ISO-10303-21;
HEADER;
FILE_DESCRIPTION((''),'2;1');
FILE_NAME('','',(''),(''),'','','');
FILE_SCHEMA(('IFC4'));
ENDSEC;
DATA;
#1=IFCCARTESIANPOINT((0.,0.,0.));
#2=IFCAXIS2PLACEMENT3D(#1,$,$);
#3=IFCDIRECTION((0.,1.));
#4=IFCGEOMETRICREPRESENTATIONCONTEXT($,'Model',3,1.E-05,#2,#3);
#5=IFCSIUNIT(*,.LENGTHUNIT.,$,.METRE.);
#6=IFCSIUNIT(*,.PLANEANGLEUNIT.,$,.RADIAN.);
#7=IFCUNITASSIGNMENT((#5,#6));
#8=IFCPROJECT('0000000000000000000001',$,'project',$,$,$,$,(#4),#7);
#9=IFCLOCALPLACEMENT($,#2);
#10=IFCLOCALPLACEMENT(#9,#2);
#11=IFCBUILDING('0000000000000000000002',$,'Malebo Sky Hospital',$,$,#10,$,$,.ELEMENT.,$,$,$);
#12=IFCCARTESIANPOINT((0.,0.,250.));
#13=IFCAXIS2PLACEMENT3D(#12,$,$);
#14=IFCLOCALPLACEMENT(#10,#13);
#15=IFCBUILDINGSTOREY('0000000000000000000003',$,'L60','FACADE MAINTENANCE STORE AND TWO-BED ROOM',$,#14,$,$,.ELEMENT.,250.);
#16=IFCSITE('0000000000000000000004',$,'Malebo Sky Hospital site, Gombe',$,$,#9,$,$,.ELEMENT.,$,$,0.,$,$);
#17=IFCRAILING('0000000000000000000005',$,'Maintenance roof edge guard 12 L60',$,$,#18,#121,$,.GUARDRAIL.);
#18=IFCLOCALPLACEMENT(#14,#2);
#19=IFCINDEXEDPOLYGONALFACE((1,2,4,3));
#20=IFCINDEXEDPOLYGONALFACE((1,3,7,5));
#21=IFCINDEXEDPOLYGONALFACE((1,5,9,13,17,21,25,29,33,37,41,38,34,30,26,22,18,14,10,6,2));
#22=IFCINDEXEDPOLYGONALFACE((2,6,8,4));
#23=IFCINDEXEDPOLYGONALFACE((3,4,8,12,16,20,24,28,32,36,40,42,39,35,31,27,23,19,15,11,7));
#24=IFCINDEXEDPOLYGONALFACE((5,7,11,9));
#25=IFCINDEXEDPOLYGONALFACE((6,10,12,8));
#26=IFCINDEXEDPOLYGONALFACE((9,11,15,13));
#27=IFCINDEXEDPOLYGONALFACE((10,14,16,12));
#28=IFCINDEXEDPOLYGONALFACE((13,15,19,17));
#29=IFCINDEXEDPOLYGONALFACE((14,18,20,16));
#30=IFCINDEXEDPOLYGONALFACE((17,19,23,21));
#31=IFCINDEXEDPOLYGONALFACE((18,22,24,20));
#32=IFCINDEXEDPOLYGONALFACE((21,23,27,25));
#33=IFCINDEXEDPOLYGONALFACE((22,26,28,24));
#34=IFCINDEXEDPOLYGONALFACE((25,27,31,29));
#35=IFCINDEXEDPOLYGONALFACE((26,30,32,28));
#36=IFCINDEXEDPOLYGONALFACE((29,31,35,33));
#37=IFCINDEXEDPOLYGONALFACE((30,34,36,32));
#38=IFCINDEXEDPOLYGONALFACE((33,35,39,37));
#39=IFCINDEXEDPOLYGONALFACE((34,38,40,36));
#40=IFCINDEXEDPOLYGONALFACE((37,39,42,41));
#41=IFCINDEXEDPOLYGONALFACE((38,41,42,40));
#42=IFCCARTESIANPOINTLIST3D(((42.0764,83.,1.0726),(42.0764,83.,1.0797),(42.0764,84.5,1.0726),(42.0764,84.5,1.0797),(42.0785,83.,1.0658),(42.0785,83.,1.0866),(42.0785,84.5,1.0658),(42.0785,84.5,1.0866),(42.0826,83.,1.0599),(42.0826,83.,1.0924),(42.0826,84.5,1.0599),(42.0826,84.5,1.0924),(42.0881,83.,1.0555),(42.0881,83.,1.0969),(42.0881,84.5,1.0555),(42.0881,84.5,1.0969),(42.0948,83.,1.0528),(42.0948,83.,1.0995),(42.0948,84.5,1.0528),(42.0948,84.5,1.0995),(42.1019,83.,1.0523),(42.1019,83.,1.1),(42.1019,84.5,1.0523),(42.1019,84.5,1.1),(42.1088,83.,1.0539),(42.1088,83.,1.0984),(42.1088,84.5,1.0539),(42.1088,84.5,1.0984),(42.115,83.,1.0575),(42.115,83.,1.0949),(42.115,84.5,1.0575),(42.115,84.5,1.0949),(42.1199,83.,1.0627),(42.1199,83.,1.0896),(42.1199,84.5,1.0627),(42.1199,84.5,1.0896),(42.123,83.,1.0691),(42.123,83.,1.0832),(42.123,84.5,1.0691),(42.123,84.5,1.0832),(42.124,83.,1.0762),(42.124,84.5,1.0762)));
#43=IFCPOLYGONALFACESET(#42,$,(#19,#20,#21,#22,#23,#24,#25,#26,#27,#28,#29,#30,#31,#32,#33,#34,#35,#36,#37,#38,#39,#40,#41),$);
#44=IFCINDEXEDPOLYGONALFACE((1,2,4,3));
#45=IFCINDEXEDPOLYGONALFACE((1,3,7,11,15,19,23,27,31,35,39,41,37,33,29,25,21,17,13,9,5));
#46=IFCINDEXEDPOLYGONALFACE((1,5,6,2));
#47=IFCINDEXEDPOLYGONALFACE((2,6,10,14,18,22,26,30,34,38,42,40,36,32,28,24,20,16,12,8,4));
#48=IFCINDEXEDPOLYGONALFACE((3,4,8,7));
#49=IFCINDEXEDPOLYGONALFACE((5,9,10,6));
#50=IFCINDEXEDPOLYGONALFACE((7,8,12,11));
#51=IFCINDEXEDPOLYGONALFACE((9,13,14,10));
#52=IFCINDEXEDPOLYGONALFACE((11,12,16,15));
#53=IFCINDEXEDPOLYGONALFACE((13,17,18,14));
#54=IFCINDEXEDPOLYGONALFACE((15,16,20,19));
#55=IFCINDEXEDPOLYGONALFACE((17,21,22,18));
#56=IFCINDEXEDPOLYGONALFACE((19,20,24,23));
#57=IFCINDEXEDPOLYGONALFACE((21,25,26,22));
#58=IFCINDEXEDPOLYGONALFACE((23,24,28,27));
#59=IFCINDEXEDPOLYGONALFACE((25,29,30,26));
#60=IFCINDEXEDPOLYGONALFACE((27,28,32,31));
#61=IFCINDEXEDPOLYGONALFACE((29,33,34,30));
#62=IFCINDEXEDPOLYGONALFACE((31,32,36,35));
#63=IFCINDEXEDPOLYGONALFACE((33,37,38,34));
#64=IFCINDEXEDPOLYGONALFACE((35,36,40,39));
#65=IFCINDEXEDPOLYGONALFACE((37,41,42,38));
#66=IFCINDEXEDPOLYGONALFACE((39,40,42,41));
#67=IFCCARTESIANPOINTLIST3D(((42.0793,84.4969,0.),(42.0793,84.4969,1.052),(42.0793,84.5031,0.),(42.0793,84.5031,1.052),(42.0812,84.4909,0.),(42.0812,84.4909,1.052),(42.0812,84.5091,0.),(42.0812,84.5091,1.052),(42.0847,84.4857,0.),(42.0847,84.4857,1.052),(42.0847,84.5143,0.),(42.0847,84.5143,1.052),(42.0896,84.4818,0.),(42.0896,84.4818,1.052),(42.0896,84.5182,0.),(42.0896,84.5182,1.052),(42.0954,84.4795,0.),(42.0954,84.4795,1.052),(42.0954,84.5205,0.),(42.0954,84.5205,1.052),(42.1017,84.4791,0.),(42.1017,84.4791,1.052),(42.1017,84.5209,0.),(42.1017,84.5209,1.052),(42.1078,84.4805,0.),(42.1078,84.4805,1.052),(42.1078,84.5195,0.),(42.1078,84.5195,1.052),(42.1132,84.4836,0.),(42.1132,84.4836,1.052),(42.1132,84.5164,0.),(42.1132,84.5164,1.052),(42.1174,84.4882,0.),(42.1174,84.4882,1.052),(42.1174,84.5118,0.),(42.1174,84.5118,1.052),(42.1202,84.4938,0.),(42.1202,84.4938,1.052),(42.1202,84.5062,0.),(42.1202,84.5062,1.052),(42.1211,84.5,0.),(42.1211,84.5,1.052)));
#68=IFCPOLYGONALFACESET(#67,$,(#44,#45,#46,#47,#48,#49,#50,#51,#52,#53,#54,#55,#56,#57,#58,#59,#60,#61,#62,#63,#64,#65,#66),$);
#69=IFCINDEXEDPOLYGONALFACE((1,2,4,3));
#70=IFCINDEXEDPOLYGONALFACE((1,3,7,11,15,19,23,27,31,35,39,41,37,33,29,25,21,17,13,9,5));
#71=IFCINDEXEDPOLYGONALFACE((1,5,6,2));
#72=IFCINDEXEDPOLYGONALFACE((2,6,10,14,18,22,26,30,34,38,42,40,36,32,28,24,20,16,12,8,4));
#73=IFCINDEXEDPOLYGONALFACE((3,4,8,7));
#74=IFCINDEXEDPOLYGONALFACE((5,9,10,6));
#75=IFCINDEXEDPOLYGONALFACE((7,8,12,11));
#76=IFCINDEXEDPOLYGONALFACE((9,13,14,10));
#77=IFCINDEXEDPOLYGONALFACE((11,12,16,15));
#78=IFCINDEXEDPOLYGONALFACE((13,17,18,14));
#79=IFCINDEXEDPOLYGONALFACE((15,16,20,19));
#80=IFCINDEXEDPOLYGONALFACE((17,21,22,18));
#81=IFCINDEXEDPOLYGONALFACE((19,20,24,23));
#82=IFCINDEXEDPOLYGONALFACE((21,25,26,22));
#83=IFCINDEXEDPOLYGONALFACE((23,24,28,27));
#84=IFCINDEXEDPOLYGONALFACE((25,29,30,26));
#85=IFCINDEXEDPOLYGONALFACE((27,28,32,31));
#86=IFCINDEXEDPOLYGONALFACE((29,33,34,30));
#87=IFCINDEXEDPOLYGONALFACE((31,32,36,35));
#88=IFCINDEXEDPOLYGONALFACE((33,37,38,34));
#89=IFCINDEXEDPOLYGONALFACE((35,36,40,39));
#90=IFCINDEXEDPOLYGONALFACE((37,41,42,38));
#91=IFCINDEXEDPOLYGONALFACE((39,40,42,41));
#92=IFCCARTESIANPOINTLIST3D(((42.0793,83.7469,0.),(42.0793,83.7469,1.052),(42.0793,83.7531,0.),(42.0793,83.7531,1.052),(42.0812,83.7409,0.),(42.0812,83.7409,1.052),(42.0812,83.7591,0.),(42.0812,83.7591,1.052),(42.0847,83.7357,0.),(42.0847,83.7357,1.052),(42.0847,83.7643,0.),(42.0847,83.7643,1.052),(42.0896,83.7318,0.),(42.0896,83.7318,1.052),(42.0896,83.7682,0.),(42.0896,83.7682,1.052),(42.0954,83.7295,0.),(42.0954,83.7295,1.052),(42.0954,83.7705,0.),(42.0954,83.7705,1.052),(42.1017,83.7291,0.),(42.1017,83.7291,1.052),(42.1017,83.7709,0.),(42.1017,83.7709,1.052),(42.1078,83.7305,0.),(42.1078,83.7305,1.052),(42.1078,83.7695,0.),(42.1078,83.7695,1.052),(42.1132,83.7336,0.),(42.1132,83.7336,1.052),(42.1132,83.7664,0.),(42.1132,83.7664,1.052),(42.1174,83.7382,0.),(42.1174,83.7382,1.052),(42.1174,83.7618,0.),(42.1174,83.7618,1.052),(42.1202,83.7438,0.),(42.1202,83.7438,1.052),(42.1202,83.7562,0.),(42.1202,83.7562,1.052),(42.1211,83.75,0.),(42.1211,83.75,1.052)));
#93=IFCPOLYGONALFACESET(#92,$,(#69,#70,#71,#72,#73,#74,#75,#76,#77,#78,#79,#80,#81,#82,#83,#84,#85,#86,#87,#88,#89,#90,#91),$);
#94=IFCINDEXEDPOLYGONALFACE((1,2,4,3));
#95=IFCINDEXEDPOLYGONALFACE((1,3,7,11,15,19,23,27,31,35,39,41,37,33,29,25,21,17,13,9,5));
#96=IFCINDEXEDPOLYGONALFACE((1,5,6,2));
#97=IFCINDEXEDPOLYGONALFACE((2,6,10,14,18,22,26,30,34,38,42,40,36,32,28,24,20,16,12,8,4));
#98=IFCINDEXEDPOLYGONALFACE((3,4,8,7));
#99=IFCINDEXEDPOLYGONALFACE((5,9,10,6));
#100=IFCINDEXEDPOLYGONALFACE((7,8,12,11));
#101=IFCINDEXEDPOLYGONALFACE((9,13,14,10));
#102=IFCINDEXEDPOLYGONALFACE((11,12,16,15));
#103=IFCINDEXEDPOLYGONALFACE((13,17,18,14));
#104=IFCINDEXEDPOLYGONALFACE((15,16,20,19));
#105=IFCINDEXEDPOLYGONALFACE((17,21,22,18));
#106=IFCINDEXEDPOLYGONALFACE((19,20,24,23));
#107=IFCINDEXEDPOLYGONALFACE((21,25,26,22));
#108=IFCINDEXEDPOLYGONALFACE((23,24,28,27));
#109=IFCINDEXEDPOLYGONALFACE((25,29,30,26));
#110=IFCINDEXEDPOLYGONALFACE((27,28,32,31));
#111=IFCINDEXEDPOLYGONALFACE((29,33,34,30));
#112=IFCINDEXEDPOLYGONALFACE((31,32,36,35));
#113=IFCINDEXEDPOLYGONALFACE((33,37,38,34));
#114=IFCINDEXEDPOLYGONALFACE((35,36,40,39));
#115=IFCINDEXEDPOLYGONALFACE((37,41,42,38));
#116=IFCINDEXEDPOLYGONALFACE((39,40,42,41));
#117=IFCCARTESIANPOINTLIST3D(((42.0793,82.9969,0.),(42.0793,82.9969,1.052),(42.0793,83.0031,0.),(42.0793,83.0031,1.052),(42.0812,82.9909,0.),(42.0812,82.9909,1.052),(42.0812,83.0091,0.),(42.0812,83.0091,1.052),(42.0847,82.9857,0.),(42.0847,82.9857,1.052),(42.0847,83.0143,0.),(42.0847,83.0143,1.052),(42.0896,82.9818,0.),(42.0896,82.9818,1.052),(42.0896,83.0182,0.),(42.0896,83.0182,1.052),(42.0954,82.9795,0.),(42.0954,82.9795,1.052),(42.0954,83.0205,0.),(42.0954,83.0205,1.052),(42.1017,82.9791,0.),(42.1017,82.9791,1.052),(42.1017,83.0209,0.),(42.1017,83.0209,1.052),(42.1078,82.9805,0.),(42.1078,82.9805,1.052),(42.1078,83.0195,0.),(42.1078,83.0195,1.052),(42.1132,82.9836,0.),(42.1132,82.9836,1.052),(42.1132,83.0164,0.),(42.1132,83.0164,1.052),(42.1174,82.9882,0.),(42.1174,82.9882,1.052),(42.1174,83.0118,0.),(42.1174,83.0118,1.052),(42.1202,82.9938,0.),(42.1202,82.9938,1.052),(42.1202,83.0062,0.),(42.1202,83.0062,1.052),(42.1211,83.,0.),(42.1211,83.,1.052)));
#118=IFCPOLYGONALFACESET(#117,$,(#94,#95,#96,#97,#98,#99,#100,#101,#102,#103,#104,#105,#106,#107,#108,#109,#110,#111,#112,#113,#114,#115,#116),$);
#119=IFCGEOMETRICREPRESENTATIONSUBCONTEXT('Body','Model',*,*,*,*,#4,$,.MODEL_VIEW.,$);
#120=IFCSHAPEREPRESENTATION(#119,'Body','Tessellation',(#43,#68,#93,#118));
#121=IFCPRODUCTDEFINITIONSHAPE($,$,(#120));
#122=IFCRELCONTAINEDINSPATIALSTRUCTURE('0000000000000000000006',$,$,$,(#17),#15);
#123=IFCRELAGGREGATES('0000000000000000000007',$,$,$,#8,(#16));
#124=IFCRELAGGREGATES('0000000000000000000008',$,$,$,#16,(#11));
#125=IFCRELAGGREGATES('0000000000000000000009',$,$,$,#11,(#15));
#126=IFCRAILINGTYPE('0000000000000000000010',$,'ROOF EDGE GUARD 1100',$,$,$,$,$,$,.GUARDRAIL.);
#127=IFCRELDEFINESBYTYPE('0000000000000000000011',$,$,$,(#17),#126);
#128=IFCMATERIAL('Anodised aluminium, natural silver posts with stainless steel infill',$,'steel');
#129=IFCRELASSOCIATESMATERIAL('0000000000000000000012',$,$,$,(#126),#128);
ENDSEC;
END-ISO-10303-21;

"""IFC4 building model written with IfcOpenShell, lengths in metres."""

from ifc_helpers import new_model, si_unit, direction, frame, origin, origin_2d, place, context, subcontext, project, spatial, circle, extrude, material, type_object, element, save


model = new_model("IFC4")

# Units and contexts
model_context = context("Model", 3, precision=1e-05, world=origin(), true_north=direction((0.0, 1.0)))
body_context = subcontext(model_context, "Body", "Model", "MODEL_VIEW")
ifc_project = project(units=[si_unit("LENGTHUNIT", "METRE"), si_unit("PLANEANGLEUNIT", "RADIAN")], contexts=[model_context])

# Site, building, storey
site_placement = place(None, origin())
site = spatial("IfcSite", under=ifc_project, at=site_placement, Name="Malebo Sky Hospital site, Gombe", CompositionType="ELEMENT", RefElevation=0.0)
building_placement = place(site_placement, origin())
building = spatial("IfcBuilding", under=site, at=building_placement, Name="Malebo Sky Hospital", CompositionType="ELEMENT")
storey_placement = place(building_placement, frame((0.0, 0.0, 250.0)))
storey = spatial("IfcBuildingStorey", under=building, at=storey_placement, Name="L60", Description="FACADE MAINTENANCE STORE AND TWO-BED ROOM", CompositionType="ELEMENT", Elevation=250.0)

# Railing
ifc_material_1 = material(Name="Anodised aluminium, natural silver posts with stainless steel infill", Category="steel")
railing_type = type_object("IfcRailingType", Name="ROOF EDGE GUARD 1100", PredefinedType="GUARDRAIL", material=ifc_material_1)
railing_1_placement = place(storey_placement, frame((42.1001, 84.5, 0.0)))
element("IfcRailing", 1, at=railing_1_placement, inside=storey, type_object=railing_type, Name="Maintenance roof edge guard 12 L60", PredefinedType="GUARDRAIL", context=body_context, shape_type="SweptSolid", body=[
    extrude(circle(Radius=0.0239, at=origin_2d()), frame((0.0, 0.0, 1.0762), z_axis=(0.0, -1.0, 0.0), x_axis=(1.0, 0.0, 0.0)), (0.0, 0.0, 1.0), 1.5),
    extrude(circle(Radius=0.021, at=origin_2d()), origin(), (0.0, 0.0, 1.0), 1.052),
    extrude(circle(Radius=0.021, at=origin_2d()), frame((0.0, -0.75, 0.0)), (0.0, 0.0, 1.0), 1.052),
    extrude(circle(Radius=0.021, at=origin_2d()), frame((0.0, -1.5, 0.0)), (0.0, 0.0, 1.0), 1.052),
])

save(model, "model.ifc")
